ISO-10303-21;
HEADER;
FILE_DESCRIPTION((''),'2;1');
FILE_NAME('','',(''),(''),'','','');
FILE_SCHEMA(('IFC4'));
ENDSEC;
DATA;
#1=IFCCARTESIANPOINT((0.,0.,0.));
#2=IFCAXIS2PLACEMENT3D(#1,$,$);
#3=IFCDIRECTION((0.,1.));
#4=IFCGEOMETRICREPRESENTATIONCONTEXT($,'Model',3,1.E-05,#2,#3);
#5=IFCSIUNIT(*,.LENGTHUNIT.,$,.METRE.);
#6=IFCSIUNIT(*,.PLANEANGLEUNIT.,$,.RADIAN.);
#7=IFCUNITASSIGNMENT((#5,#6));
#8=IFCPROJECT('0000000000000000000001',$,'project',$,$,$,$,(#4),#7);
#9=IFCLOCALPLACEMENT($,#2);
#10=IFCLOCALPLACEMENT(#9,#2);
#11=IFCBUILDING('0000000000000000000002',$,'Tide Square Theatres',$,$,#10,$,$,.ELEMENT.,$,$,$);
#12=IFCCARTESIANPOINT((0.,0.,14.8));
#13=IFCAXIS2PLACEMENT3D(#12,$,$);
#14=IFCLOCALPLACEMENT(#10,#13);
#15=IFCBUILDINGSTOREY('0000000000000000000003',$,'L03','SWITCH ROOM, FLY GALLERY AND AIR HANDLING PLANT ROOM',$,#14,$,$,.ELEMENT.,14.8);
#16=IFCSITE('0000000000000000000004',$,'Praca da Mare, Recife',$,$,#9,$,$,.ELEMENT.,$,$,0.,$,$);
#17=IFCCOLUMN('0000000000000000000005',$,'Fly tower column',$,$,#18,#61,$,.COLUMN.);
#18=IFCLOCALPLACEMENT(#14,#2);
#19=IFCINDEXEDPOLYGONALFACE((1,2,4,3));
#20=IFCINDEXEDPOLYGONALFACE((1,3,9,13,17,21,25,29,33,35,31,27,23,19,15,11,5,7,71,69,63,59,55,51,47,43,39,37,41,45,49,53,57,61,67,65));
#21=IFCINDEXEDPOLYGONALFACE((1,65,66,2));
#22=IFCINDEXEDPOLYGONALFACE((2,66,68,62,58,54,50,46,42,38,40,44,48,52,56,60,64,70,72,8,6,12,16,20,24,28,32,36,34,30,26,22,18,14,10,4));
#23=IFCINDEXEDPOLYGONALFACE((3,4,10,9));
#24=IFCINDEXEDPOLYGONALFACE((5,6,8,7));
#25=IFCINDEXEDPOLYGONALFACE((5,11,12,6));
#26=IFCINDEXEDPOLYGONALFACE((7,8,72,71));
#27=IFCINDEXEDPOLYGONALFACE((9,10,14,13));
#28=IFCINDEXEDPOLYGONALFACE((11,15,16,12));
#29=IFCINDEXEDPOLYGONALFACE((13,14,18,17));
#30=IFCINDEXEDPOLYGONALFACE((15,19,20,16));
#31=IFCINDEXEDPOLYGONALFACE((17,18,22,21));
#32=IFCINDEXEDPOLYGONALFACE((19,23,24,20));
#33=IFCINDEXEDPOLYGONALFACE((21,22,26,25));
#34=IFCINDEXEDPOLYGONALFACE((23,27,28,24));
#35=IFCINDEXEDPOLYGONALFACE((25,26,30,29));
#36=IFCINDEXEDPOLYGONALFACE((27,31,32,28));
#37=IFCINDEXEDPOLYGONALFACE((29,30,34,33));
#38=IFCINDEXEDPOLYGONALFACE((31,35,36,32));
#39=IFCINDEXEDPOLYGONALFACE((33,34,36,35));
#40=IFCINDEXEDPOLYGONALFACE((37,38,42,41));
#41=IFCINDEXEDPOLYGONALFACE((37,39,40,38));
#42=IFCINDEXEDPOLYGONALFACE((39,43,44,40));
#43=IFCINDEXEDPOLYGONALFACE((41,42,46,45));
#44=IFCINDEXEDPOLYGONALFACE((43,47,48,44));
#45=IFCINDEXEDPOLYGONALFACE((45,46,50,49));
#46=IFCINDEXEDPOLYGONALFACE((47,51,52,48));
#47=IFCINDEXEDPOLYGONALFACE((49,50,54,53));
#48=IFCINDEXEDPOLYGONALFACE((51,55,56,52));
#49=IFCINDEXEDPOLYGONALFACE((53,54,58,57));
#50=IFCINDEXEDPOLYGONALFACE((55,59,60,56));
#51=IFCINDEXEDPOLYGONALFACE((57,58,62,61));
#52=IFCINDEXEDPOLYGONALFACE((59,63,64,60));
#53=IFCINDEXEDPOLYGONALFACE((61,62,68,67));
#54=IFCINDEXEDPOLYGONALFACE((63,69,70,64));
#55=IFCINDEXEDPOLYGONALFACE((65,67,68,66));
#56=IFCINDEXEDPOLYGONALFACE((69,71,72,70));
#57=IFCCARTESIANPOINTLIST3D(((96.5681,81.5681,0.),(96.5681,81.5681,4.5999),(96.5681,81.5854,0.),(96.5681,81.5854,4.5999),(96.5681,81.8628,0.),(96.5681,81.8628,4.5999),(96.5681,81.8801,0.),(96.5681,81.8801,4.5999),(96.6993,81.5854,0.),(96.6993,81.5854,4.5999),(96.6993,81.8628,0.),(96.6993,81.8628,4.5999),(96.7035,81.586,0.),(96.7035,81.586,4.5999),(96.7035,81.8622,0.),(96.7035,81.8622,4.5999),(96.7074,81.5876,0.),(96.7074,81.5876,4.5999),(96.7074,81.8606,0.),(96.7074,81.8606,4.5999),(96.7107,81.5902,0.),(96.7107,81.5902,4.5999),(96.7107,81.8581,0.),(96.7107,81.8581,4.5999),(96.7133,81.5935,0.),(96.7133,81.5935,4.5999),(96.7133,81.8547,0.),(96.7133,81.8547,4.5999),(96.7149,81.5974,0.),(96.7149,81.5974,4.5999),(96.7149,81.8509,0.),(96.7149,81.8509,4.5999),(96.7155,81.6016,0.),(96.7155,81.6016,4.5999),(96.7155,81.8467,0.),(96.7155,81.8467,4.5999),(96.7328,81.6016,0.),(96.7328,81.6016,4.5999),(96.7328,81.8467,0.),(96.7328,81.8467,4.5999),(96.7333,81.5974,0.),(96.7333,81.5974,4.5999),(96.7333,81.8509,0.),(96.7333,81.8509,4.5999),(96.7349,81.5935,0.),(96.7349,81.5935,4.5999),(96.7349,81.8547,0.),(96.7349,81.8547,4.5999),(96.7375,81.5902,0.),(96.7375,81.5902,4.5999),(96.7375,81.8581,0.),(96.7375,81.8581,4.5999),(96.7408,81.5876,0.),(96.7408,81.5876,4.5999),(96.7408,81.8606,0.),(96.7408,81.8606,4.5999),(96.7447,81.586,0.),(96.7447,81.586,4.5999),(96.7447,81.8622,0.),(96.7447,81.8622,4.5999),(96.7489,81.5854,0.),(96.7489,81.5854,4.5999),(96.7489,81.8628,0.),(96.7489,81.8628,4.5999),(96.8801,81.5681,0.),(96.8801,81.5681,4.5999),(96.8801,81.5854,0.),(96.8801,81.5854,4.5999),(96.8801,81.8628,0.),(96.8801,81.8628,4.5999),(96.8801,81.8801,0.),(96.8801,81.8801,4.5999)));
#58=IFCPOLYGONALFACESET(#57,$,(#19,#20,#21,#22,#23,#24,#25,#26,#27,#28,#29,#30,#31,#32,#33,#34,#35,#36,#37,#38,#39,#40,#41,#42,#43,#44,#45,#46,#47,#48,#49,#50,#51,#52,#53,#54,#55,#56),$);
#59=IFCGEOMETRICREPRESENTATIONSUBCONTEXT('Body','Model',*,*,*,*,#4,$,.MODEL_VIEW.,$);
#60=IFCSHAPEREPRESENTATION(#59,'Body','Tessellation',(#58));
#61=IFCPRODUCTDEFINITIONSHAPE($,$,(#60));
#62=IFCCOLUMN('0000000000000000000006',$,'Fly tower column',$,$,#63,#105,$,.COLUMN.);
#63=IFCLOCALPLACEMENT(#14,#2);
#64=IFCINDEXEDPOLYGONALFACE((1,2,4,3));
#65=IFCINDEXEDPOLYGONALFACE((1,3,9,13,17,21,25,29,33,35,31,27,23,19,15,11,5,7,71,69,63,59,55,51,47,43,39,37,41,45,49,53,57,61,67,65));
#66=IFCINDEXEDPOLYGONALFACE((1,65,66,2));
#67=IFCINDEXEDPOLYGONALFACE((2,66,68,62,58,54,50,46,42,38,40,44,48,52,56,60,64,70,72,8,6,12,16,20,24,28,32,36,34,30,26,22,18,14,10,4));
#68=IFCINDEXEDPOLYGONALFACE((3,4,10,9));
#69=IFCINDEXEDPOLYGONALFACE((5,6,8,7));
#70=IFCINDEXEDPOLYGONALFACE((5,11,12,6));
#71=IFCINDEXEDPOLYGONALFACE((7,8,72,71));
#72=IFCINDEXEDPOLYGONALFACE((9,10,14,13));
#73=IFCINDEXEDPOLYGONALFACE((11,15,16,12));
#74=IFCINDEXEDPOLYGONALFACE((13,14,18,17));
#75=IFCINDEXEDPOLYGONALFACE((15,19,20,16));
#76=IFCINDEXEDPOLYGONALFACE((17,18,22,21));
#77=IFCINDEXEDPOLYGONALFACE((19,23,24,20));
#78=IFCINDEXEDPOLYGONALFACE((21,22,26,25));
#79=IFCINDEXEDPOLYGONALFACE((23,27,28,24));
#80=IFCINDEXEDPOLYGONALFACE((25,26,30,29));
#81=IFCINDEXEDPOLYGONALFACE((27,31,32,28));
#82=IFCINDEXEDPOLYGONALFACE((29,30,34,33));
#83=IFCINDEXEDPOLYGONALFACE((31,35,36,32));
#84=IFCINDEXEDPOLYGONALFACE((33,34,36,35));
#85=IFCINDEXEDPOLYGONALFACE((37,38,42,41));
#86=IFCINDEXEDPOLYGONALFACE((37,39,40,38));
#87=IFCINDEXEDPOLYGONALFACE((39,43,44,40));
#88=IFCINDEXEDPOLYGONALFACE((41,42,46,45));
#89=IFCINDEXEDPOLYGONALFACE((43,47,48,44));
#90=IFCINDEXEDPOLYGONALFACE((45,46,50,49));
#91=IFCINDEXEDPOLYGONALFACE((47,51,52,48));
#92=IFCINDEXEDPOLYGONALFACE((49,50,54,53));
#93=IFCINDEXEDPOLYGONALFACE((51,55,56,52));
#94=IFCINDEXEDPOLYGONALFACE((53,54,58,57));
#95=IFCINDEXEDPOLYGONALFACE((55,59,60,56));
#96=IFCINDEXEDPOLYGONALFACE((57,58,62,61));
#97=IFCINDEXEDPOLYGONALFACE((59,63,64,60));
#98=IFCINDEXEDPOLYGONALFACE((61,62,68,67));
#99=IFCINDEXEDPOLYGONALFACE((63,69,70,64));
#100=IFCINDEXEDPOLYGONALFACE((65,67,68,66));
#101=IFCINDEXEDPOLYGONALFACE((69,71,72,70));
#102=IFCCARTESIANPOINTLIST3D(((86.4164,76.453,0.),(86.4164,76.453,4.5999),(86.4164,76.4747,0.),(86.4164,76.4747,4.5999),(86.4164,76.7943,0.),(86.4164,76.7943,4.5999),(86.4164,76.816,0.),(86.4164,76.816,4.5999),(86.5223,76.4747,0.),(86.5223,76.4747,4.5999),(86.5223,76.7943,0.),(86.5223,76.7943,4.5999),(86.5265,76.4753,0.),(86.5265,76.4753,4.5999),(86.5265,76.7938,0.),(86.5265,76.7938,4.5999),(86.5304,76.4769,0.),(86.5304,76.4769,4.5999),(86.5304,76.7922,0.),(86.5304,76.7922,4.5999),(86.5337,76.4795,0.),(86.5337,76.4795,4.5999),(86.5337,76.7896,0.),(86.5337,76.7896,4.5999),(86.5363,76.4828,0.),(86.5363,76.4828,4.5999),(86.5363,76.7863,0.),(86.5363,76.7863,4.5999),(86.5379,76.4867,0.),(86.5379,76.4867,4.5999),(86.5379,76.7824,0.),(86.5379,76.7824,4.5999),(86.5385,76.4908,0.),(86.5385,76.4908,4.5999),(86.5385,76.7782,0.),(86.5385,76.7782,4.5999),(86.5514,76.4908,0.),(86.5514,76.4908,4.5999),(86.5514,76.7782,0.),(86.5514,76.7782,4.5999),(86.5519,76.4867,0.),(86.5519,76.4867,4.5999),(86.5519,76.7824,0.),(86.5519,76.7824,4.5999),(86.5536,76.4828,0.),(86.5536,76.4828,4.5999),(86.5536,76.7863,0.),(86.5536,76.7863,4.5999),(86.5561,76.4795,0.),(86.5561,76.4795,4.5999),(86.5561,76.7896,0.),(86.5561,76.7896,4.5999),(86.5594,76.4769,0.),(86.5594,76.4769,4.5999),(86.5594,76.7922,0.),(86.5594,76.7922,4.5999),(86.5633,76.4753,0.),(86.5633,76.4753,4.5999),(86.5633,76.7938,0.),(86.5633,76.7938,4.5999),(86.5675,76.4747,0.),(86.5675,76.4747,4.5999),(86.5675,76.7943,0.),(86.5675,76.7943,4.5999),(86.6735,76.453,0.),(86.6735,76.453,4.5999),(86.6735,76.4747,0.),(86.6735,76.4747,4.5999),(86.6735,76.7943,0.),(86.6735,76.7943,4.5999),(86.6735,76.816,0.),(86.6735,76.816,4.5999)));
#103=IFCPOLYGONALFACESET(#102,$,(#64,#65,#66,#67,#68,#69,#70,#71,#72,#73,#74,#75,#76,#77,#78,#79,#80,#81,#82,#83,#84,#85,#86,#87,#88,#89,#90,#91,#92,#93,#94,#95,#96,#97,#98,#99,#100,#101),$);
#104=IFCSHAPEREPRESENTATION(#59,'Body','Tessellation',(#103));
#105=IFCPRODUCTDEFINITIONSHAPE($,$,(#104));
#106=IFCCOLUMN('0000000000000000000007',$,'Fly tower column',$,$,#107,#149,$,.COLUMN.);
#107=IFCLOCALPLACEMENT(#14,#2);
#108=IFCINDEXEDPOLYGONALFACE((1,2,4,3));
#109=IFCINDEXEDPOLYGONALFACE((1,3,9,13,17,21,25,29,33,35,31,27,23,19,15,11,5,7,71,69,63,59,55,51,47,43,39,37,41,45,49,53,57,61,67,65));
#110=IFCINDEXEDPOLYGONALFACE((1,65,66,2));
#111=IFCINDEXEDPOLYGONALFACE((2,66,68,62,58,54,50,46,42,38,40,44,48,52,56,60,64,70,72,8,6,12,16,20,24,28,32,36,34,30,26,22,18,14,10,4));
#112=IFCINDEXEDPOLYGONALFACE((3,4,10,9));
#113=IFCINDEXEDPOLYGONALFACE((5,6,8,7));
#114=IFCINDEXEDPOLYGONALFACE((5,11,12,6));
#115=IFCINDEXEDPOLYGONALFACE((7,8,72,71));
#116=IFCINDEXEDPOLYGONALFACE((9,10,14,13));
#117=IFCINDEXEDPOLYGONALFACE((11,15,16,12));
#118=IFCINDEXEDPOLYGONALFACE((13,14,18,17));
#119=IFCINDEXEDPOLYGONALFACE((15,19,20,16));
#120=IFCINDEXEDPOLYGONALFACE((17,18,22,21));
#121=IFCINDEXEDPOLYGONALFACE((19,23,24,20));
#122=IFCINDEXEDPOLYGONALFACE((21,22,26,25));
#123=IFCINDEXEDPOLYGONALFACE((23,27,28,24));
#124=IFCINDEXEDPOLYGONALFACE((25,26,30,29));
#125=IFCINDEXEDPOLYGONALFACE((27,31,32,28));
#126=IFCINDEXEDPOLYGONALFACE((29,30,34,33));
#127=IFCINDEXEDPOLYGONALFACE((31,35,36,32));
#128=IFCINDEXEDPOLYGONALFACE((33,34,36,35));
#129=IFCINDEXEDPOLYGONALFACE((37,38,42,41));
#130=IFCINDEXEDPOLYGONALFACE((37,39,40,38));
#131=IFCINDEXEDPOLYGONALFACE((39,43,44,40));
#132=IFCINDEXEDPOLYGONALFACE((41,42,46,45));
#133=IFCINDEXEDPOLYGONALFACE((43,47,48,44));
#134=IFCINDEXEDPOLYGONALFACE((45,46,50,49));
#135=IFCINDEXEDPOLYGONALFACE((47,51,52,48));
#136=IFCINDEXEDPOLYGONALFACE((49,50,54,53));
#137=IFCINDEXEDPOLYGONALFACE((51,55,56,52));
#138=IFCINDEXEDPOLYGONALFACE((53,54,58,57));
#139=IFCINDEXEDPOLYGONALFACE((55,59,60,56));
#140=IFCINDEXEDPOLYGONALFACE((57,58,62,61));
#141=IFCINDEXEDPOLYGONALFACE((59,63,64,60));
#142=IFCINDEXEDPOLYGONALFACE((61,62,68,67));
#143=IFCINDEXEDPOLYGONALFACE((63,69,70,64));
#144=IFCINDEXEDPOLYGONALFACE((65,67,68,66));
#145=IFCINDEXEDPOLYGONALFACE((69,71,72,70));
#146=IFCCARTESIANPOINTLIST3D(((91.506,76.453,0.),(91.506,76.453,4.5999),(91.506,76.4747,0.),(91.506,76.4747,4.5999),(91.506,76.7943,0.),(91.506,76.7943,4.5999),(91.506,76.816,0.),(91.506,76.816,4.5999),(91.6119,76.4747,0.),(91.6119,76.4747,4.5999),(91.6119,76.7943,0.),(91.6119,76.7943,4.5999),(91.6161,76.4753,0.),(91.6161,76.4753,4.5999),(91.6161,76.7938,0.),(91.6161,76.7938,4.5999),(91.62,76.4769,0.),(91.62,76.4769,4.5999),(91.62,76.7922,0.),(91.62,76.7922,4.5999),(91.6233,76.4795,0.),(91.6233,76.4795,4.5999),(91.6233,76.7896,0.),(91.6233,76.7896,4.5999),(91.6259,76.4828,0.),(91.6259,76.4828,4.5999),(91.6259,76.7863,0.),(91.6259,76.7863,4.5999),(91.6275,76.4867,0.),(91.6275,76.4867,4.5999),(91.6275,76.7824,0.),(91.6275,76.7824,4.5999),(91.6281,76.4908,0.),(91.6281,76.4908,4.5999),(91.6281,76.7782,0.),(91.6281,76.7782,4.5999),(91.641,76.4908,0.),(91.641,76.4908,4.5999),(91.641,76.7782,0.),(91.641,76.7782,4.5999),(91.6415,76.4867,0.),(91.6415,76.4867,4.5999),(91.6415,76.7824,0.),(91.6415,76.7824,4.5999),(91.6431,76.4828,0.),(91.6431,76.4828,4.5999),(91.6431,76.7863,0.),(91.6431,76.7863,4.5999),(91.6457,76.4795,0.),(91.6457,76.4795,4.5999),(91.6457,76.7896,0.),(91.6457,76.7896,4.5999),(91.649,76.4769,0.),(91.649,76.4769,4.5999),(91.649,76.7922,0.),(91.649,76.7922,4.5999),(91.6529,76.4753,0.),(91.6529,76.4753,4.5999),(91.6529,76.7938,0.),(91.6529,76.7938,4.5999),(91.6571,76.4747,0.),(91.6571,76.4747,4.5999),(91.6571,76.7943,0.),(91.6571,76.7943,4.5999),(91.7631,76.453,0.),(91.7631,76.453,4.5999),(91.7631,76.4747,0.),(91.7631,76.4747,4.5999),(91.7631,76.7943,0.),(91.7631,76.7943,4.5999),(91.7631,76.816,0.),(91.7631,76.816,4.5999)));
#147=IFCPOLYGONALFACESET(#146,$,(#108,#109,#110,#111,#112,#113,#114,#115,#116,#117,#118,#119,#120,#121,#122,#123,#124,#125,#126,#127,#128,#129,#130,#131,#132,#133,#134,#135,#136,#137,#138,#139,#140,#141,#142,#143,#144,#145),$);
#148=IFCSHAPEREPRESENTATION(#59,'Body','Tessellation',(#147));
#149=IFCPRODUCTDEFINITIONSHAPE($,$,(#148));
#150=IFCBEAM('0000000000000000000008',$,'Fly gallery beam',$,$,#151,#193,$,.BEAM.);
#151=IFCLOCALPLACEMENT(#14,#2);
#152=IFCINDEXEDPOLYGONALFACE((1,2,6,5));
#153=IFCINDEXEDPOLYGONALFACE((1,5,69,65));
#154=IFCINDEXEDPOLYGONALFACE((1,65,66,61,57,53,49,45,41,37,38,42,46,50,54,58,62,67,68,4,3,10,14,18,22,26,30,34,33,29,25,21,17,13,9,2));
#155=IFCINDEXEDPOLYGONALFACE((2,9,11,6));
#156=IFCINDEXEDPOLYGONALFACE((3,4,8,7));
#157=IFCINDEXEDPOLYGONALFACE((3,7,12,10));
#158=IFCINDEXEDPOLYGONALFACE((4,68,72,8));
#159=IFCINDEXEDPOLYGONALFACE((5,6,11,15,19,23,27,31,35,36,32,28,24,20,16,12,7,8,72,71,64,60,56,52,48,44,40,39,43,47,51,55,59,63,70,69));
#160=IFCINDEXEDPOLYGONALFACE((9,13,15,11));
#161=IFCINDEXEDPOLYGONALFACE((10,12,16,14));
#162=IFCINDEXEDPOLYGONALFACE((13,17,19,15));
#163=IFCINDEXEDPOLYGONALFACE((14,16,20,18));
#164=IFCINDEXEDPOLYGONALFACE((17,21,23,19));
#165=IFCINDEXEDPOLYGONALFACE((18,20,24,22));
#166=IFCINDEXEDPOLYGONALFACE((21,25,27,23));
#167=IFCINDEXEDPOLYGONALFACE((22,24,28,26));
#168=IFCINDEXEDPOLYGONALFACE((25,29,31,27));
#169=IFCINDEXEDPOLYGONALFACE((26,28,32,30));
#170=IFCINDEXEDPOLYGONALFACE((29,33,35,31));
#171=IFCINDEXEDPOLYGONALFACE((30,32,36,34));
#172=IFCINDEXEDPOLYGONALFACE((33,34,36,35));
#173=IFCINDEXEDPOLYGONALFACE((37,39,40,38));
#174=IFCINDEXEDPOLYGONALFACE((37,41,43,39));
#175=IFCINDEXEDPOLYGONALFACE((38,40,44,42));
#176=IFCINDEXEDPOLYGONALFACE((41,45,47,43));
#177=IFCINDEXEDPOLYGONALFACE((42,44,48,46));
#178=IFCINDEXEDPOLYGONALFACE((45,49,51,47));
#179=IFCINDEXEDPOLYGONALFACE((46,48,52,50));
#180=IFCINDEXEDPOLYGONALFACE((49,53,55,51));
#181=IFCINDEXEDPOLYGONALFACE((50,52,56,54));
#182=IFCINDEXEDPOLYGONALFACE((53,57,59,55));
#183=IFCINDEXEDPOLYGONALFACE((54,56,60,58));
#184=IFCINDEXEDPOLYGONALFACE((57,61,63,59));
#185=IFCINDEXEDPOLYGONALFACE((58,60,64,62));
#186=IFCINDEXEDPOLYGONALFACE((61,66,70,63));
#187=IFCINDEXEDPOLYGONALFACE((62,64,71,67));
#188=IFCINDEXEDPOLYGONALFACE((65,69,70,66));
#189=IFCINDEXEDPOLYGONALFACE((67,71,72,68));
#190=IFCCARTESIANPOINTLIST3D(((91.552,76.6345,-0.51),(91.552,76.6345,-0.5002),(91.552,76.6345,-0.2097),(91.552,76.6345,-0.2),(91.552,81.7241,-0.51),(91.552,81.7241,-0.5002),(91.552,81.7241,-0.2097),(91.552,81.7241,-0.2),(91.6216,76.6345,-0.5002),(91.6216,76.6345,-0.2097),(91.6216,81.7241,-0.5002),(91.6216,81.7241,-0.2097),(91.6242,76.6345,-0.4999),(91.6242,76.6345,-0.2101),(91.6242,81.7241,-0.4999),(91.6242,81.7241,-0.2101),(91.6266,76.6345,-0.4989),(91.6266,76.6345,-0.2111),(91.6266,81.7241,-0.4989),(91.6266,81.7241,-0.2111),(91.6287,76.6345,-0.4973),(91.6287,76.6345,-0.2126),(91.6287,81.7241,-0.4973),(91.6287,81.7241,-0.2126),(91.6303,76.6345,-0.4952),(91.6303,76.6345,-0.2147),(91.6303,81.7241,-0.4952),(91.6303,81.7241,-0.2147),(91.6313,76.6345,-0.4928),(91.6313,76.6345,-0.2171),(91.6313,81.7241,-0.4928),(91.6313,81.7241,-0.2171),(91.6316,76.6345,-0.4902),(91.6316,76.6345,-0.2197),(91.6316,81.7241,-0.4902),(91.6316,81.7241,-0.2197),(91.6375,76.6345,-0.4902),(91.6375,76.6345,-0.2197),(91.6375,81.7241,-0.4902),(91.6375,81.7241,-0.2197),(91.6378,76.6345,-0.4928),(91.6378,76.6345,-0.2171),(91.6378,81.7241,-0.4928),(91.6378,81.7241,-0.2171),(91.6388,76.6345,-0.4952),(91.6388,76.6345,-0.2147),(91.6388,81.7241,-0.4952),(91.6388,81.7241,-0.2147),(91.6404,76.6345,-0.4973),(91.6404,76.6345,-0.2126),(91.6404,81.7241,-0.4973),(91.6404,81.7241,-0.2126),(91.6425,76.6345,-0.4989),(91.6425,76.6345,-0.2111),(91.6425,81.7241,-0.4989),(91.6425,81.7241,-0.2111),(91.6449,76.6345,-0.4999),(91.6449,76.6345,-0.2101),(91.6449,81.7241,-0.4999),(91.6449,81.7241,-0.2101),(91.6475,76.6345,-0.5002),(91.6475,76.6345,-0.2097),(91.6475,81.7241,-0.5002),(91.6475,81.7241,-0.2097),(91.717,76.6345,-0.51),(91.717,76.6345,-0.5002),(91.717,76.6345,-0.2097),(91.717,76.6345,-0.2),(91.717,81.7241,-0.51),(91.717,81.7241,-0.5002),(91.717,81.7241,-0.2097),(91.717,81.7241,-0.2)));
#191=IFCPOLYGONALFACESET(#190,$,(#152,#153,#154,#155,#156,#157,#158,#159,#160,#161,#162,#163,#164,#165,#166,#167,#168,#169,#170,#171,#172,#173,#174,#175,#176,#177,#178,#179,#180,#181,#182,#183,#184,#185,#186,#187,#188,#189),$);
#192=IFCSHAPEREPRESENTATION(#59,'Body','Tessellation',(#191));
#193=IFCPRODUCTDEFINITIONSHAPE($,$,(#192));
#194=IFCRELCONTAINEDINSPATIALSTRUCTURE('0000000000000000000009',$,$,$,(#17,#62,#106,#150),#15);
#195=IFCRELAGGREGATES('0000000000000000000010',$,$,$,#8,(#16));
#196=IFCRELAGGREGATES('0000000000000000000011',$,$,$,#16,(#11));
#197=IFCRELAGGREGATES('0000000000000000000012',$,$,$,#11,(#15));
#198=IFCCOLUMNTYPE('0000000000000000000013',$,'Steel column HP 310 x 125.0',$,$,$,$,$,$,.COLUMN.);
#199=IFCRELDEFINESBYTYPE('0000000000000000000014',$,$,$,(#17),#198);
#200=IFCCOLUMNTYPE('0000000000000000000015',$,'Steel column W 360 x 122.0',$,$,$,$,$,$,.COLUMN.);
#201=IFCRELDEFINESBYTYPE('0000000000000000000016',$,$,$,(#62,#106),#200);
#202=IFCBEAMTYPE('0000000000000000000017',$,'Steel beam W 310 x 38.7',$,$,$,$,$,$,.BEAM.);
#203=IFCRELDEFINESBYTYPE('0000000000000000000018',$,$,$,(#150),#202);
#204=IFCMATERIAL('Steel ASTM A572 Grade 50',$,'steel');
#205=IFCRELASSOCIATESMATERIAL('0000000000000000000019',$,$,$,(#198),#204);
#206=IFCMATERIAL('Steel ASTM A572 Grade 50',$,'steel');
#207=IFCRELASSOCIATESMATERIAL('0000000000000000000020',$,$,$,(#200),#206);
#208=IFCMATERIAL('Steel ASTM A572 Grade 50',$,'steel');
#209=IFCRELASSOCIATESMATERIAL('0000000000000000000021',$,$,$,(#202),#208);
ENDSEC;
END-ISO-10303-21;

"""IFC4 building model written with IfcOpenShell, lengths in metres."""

from ifc_helpers import new_model, si_unit, direction, frame, origin, origin_2d, place, context, subcontext, project, spatial, i_section, extrude, material, material_profile, profile_set, type_object, element, save


model = new_model("IFC4")

# Units and contexts
model_context = context("Model", 3, precision=1e-05, world=origin(), true_north=direction((0.0, 1.0)))
body_context = subcontext(model_context, "Body", "Model", "MODEL_VIEW")
ifc_project = project(units=[si_unit("LENGTHUNIT", "METRE"), si_unit("PLANEANGLEUNIT", "RADIAN")], contexts=[model_context])

# Site, building, storey
site_placement = place(None, origin())
site = spatial("IfcSite", under=ifc_project, at=site_placement, Name="Praca da Mare, Recife", CompositionType="ELEMENT", RefElevation=0.0)
building_placement = place(site_placement, origin())
building = spatial("IfcBuilding", under=site, at=building_placement, Name="Tide Square Theatres", CompositionType="ELEMENT")
storey_placement = place(building_placement, frame((0.0, 0.0, 14.8)))
storey = spatial("IfcBuildingStorey", under=building, at=storey_placement, Name="L03", Description="SWITCH ROOM, FLY GALLERY AND AIR HANDLING PLANT ROOM", CompositionType="ELEMENT", Elevation=14.8)

# Columns
ifc_material_1 = material(Name="Steel ASTM A572 Grade 50", Category="steel")
ifc_material_profile_1 = material_profile(ifc_material_1, i_section(OverallWidth=0.312, OverallDepth=0.312, WebThickness=0.0173, FlangeThickness=0.0173, FilletRadius=0.0161, at=origin_2d()))
ifc_profile_set_1 = profile_set([ifc_material_profile_1], Name="Steel ASTM A572 Grade 50")
column_type_1 = type_object("IfcColumnType", Name="Steel column HP 310 x 125.0", PredefinedType="COLUMN", material=ifc_profile_set_1)
for number, where, z_axis, x_axis, name in (
    (1, (96.7241, 81.7241, 0.0), (0.0, 0.0, 1.0), (1.0, 0.0, 0.0), "Fly tower column"),
):
    element("IfcColumn", number, at=place(storey_placement, frame(where, z_axis=z_axis, x_axis=x_axis)), inside=storey, type_object=column_type_1, Name=name, PredefinedType="COLUMN", context=body_context, shape_type="SweptSolid", body=[
        extrude(i_section(OverallWidth=0.312, OverallDepth=0.312, WebThickness=0.0173, FlangeThickness=0.0173, FilletRadius=0.0161, at=origin_2d()), origin(), (0.0, 0.0, 1.0), 4.5999),
    ])
ifc_material_2 = material(Name="Steel ASTM A572 Grade 50", Category="steel")
ifc_material_profile_2 = material_profile(ifc_material_2, i_section(OverallWidth=0.2571, OverallDepth=0.363, WebThickness=0.0129, FlangeThickness=0.0217, FilletRadius=0.0161, at=origin_2d()))
ifc_profile_set_2 = profile_set([ifc_material_profile_2], Name="Steel ASTM A572 Grade 50")
column_type_2 = type_object("IfcColumnType", Name="Steel column W 360 x 122.0", PredefinedType="COLUMN", material=ifc_profile_set_2)
for number, where, z_axis, x_axis, name in (
    (2, (86.5449, 76.6345, 0.0), (0.0, 0.0, 1.0), (1.0, 0.0, 0.0), "Fly tower column"),
    (3, (91.6345, 76.6345, 0.0), (0.0, 0.0, 1.0), (1.0, 0.0, 0.0), "Fly tower column"),
):
    element("IfcColumn", number, at=place(storey_placement, frame(where, z_axis=z_axis, x_axis=x_axis)), inside=storey, type_object=column_type_2, Name=name, PredefinedType="COLUMN", context=body_context, shape_type="SweptSolid", body=[
        extrude(i_section(OverallWidth=0.2571, OverallDepth=0.363, WebThickness=0.0129, FlangeThickness=0.0217, FilletRadius=0.0161, at=origin_2d()), origin(), (0.0, 0.0, 1.0), 4.5999),
    ])

# Beam
ifc_material_3 = material(Name="Steel ASTM A572 Grade 50", Category="steel")
ifc_material_profile_3 = material_profile(ifc_material_3, i_section(OverallWidth=0.165, OverallDepth=0.3101, WebThickness=0.0059, FlangeThickness=0.0098, FilletRadius=0.01, at=origin_2d()))
ifc_profile_set_3 = profile_set([ifc_material_profile_3], Name="Steel ASTM A572 Grade 50")
beam_type = type_object("IfcBeamType", Name="Steel beam W 310 x 38.7", PredefinedType="BEAM", material=ifc_profile_set_3)
for number, where, z_axis, x_axis, name in (
    (4, (91.6345, 76.6345, -0.355), (0.0, 1.0, 0.0), (-1.0, 0.0, 0.0), "Fly gallery beam"),
):
    element("IfcBeam", number, at=place(storey_placement, frame(where, z_axis=z_axis, x_axis=x_axis)), inside=storey, type_object=beam_type, Name=name, PredefinedType="BEAM", context=body_context, shape_type="SweptSolid", body=[
        extrude(i_section(OverallWidth=0.165, OverallDepth=0.3101, WebThickness=0.0059, FlangeThickness=0.0098, FilletRadius=0.01, at=origin_2d()), origin(), (0.0, 0.0, 1.0), 5.0896),
    ])

save(model, "model.ifc")
